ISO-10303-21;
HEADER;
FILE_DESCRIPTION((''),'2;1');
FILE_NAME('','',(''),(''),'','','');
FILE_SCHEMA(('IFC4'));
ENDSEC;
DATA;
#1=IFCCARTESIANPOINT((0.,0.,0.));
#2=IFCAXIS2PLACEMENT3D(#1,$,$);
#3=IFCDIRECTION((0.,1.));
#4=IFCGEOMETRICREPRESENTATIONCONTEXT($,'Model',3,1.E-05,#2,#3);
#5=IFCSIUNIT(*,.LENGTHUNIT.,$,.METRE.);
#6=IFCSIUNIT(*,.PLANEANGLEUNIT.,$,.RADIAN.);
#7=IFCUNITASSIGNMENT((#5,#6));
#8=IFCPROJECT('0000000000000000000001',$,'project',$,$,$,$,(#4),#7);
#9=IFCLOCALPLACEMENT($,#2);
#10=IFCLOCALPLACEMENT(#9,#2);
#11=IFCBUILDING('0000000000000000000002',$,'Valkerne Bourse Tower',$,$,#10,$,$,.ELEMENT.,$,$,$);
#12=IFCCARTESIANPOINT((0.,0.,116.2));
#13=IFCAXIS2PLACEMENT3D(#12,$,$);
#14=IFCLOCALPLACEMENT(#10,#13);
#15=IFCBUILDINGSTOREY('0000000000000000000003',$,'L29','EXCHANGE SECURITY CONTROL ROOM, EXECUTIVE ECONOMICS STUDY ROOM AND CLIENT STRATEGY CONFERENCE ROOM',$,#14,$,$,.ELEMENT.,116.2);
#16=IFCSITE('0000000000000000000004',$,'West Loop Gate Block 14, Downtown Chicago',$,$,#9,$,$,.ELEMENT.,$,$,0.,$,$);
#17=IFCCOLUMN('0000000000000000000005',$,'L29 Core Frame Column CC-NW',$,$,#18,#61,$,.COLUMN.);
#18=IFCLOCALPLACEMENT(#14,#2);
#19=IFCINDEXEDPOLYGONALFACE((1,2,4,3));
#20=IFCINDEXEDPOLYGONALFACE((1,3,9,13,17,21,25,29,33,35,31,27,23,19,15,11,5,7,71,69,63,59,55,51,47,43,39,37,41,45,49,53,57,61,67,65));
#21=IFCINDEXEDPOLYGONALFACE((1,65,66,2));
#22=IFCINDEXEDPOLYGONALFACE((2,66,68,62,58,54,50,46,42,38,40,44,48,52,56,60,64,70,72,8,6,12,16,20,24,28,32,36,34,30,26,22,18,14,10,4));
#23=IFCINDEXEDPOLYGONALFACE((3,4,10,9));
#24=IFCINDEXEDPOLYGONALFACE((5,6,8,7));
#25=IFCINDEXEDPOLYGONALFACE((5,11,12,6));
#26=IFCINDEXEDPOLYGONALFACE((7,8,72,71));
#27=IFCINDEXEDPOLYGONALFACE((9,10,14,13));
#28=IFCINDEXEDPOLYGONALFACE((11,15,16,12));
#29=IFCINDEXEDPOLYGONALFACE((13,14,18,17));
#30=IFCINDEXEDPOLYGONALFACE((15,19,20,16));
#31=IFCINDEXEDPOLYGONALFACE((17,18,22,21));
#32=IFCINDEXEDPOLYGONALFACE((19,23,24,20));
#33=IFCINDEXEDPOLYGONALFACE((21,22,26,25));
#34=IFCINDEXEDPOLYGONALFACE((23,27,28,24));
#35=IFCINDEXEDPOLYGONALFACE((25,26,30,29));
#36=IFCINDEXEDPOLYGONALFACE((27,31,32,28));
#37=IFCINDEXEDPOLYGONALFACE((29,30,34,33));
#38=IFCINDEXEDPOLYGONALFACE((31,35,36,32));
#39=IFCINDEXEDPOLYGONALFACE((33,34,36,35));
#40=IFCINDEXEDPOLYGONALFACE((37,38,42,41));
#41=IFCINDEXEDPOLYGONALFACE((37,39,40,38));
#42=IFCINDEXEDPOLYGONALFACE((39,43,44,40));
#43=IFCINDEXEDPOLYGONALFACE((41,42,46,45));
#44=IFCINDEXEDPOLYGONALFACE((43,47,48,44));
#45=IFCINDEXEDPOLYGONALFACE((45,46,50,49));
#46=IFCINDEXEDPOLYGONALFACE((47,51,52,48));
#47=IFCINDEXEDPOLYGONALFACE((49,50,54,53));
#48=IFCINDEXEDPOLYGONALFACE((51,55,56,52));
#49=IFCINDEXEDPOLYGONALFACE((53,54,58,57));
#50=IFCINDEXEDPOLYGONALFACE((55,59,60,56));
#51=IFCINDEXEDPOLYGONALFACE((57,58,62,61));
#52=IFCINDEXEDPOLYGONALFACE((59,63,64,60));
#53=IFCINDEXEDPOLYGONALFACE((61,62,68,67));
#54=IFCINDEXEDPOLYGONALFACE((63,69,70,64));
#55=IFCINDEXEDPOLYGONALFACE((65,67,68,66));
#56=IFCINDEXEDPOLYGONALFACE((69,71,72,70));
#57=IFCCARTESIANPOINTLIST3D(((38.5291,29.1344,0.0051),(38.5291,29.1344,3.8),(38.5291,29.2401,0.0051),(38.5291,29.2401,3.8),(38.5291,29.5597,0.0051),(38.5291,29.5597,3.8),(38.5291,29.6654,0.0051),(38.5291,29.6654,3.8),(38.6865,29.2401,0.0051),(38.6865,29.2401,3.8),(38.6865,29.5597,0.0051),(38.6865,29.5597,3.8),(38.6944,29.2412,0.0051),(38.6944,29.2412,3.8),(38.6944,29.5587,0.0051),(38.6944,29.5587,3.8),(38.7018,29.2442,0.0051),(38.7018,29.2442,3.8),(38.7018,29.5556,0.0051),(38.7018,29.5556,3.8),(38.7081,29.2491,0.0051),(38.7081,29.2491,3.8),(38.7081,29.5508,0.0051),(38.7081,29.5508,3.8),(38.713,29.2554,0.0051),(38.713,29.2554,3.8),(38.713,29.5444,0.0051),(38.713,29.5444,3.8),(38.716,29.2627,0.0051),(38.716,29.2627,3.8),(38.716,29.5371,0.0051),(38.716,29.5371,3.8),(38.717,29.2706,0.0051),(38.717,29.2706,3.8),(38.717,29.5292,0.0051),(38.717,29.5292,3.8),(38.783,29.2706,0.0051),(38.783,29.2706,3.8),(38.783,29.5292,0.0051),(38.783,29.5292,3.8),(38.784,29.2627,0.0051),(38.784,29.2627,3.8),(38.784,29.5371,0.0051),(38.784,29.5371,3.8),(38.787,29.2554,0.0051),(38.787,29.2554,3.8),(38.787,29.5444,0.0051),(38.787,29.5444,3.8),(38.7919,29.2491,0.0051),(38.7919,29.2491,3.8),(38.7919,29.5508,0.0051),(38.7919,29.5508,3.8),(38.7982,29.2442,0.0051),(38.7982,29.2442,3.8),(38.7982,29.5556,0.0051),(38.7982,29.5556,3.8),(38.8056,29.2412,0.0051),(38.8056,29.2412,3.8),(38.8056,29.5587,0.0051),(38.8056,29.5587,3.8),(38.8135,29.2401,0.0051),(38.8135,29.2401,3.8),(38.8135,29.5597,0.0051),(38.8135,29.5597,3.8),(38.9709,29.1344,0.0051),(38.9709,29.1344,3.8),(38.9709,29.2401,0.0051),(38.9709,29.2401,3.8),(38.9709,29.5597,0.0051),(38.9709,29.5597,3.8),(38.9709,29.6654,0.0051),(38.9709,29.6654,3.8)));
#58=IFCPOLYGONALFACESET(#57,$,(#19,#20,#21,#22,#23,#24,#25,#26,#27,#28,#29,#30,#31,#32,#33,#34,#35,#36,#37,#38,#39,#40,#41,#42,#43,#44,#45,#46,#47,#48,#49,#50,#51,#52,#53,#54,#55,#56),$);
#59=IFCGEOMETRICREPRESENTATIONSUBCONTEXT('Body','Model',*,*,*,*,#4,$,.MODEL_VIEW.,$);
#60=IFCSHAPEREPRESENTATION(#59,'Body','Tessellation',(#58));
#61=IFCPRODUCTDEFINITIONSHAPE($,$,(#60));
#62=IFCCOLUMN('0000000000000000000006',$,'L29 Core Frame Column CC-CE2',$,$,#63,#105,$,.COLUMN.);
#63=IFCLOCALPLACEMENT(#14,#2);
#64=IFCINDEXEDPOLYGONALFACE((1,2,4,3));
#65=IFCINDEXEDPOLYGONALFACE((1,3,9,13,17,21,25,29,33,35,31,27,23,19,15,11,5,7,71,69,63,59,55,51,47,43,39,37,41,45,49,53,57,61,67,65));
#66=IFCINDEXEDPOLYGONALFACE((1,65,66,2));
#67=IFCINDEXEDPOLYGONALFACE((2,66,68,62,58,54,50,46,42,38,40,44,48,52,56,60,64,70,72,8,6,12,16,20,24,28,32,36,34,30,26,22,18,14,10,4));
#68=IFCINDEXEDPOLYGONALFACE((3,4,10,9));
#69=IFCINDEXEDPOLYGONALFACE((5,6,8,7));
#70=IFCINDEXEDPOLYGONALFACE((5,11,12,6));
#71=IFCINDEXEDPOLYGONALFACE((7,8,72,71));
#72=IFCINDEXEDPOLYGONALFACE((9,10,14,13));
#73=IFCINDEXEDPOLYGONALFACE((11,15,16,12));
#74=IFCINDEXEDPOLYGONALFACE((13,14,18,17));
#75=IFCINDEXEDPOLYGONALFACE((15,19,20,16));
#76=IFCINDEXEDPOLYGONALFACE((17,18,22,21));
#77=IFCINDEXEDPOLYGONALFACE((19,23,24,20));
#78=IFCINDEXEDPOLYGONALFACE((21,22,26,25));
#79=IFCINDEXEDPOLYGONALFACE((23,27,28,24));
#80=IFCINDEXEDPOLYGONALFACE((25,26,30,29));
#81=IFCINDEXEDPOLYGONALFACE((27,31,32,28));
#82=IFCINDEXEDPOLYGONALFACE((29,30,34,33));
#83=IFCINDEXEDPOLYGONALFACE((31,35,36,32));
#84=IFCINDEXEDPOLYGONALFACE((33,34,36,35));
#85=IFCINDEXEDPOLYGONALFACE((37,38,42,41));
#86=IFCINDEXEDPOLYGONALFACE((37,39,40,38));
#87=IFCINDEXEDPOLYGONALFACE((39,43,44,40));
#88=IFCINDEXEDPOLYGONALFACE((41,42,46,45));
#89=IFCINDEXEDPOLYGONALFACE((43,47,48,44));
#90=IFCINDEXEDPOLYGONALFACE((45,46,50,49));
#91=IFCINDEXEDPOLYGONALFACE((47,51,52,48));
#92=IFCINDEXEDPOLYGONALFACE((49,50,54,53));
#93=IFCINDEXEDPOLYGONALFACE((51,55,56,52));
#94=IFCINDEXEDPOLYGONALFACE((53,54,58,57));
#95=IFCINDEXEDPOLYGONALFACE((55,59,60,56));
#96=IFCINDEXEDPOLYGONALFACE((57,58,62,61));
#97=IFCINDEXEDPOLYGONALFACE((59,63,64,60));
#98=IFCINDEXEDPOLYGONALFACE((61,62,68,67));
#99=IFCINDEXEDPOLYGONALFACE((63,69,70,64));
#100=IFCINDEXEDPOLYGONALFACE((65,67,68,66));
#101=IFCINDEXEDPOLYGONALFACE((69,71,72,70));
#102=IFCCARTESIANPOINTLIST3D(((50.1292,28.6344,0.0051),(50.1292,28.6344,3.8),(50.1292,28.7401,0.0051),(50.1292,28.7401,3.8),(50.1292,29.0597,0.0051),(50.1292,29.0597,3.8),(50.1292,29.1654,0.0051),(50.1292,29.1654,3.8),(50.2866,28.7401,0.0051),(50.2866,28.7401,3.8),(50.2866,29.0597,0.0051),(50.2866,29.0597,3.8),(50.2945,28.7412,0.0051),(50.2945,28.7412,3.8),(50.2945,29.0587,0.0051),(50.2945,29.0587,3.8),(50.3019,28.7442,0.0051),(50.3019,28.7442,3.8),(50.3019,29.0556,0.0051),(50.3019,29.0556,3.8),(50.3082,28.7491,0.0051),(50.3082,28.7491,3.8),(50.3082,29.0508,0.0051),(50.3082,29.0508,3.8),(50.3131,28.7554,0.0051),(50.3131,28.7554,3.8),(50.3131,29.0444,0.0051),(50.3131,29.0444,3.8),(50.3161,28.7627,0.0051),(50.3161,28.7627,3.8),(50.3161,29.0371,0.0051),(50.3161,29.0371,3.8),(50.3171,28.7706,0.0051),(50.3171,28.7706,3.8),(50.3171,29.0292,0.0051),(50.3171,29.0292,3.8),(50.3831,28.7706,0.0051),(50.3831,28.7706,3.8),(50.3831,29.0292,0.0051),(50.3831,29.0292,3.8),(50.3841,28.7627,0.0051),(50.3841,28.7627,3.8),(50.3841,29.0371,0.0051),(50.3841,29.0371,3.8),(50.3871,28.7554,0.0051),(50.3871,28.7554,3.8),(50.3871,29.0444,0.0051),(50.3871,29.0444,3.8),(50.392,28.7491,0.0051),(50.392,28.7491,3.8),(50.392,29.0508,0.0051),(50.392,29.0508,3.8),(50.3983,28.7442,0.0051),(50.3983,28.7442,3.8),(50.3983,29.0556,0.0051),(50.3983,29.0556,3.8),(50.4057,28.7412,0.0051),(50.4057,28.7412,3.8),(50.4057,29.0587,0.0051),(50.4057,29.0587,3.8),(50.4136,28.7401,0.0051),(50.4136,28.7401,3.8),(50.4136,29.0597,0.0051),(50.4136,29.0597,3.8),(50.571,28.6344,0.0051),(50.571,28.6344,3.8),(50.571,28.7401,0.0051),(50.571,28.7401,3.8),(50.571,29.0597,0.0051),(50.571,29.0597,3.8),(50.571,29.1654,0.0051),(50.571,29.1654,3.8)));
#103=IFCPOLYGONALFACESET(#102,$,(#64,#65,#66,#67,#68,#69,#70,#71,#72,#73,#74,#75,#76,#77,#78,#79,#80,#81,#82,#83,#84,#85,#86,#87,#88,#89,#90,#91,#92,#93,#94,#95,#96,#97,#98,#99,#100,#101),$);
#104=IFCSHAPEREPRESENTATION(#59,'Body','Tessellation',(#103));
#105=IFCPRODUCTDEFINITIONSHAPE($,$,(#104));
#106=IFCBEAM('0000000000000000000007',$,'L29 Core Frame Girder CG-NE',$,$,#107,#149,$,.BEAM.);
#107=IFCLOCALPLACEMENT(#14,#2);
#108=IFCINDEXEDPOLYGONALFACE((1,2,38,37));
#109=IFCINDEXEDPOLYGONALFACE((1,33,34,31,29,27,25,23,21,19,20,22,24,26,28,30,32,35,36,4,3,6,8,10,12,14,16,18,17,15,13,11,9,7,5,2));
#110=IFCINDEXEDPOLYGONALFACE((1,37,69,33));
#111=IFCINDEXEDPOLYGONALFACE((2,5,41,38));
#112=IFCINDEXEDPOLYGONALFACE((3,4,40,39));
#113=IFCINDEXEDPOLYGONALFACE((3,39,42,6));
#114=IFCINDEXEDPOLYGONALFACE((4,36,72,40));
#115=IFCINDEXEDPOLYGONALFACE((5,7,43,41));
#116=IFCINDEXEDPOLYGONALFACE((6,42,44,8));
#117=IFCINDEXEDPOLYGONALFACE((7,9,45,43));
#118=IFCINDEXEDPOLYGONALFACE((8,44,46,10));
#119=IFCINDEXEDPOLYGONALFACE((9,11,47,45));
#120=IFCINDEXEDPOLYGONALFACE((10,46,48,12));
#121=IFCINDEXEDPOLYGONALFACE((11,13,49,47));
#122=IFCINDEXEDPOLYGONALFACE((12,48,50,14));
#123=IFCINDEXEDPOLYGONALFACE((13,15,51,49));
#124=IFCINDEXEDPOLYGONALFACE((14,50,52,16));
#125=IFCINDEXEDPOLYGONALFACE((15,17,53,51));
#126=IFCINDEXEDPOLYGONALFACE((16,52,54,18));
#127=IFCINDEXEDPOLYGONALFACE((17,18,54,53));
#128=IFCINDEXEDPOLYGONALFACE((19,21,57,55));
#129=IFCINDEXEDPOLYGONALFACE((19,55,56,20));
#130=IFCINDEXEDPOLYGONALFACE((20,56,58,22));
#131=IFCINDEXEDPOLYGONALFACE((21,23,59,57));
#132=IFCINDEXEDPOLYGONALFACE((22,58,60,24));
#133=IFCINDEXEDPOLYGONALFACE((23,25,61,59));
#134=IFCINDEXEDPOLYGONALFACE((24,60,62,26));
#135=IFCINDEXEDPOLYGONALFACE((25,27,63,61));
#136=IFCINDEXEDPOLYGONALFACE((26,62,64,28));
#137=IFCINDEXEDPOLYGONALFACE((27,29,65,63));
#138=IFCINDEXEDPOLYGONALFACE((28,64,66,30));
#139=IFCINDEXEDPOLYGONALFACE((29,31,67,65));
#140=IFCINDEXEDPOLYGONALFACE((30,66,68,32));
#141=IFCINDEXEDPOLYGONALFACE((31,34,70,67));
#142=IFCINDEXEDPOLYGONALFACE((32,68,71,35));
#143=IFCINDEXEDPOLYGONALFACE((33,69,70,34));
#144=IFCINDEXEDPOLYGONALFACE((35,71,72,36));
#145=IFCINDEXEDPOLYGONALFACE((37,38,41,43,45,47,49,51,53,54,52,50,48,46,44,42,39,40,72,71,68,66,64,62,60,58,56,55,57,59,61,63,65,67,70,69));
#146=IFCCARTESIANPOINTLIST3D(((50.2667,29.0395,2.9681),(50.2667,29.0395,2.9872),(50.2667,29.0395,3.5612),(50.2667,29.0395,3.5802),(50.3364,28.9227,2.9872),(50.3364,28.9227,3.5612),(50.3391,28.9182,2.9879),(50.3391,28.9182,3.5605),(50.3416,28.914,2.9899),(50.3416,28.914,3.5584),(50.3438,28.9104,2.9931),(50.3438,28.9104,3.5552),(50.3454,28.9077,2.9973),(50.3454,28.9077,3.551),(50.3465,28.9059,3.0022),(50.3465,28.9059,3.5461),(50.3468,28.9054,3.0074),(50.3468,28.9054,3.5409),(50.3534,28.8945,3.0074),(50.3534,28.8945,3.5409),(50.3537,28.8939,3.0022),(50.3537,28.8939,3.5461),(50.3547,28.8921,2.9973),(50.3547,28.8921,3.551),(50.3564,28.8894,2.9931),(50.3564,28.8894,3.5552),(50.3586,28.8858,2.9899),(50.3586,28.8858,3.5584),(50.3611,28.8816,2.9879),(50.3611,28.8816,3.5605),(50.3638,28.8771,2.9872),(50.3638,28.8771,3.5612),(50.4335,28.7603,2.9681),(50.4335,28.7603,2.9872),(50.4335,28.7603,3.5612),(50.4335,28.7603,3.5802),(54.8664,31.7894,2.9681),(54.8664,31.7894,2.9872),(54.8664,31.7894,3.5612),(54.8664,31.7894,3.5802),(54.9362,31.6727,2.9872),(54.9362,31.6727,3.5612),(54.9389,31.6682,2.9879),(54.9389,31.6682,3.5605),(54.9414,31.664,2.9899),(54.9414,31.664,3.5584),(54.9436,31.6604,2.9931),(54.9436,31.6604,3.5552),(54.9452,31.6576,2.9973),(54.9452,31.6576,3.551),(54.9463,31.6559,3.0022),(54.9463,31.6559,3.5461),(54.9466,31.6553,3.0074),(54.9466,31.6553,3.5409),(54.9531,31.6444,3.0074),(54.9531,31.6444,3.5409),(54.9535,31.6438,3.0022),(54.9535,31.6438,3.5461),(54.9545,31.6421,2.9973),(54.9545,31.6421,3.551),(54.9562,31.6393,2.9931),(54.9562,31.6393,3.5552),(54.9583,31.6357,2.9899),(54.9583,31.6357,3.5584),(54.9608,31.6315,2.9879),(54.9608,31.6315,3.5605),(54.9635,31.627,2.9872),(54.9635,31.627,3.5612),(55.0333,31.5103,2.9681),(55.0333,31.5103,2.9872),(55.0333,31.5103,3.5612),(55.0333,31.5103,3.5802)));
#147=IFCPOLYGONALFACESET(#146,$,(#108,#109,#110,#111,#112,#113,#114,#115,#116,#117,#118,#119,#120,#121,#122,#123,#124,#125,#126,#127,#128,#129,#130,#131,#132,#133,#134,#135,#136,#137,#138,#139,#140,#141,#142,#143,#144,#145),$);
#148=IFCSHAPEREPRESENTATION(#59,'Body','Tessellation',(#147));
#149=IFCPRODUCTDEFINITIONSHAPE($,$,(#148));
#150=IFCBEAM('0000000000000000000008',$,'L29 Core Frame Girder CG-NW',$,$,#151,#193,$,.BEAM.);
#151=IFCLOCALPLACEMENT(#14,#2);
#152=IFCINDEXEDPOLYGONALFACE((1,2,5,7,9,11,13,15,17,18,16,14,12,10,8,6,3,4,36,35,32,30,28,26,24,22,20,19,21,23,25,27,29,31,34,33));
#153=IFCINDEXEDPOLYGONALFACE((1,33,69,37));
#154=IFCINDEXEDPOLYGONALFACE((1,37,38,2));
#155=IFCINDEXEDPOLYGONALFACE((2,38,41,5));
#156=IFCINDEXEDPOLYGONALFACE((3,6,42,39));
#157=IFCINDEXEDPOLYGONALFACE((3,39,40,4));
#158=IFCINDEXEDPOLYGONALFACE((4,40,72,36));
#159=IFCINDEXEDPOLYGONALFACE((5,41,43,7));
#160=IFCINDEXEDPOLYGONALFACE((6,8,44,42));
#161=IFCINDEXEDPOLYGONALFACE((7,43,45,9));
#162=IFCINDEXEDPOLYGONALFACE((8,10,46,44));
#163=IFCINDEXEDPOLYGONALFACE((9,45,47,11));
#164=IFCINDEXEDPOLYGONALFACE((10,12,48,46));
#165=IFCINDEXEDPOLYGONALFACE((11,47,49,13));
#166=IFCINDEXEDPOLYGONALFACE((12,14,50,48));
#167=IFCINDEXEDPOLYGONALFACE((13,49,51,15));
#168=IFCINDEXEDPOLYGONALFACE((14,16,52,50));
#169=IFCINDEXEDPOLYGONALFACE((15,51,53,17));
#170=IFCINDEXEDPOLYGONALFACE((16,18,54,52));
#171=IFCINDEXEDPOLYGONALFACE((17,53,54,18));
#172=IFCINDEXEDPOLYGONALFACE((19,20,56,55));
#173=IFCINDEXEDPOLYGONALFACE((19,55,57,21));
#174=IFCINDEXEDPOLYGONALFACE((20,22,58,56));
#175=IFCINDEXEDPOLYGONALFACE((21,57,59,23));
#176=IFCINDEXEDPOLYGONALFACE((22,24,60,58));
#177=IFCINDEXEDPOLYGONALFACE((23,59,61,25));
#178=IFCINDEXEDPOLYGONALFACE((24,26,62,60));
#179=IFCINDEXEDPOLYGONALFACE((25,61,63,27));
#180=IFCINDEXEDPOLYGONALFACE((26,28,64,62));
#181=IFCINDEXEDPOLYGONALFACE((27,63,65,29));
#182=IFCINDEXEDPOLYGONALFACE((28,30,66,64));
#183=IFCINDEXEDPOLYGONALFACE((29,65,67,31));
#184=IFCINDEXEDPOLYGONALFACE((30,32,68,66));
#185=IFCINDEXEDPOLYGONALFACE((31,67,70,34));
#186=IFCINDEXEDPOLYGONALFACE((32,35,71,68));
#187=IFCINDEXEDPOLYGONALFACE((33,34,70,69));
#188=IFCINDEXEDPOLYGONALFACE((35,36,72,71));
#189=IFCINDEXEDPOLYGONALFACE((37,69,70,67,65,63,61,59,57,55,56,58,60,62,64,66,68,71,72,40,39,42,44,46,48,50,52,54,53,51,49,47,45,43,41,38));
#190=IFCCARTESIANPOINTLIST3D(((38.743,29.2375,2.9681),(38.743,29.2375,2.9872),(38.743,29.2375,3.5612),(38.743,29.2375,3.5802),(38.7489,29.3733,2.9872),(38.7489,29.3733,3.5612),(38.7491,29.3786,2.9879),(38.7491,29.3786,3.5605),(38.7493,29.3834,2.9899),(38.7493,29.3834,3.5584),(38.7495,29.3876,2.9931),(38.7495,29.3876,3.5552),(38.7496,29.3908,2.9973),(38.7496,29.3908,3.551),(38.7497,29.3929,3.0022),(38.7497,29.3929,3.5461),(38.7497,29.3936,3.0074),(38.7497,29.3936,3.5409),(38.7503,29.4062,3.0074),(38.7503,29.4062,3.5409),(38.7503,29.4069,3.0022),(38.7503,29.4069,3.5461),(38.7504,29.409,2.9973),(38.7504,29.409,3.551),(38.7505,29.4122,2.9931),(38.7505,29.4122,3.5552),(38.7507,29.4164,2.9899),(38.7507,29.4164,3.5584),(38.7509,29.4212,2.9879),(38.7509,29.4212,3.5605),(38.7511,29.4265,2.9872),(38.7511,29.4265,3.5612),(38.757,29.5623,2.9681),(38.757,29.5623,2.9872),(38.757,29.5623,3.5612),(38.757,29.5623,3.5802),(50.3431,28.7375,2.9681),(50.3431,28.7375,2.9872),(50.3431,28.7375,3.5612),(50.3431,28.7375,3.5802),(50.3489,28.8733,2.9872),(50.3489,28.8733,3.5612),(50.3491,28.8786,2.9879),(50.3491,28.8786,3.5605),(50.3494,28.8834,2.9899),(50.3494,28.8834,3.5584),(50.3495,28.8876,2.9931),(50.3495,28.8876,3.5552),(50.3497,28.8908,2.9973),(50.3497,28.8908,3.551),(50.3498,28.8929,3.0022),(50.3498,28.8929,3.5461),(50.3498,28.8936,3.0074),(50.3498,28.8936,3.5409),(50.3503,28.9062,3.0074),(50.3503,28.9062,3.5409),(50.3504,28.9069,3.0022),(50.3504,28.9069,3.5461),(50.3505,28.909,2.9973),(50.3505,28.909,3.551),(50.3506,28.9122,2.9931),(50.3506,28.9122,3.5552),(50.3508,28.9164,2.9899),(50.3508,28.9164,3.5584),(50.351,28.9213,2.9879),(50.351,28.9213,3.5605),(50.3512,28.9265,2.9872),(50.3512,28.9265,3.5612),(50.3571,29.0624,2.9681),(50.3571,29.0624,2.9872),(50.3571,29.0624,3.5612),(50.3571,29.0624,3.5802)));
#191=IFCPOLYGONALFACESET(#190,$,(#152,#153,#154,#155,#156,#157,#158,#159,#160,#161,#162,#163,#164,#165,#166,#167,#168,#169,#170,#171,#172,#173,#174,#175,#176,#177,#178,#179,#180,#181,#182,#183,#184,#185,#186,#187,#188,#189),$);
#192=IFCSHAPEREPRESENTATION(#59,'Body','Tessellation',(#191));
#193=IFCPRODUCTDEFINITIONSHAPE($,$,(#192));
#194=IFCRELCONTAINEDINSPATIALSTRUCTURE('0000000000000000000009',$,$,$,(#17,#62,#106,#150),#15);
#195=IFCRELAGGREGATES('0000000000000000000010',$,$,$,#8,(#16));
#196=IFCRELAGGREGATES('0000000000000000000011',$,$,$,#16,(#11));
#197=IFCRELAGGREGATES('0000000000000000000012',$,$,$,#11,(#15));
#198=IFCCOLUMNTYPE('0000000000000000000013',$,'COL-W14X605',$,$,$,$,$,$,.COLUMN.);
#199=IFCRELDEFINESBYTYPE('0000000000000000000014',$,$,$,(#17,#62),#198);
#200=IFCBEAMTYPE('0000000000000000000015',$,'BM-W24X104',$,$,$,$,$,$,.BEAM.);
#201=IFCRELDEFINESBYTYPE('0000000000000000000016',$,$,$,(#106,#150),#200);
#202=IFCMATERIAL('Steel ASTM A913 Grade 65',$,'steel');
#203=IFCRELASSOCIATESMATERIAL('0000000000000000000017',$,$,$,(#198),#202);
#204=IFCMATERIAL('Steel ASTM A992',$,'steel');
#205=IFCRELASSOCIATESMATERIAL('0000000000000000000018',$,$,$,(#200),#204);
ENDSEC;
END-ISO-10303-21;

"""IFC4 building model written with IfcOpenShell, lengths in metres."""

from ifc_helpers import new_model, si_unit, direction, frame, origin, origin_2d, place, context, subcontext, project, spatial, i_section, extrude, material, material_profile, profile_set, type_object, element, save


model = new_model("IFC4")

# Units and contexts
model_context = context("Model", 3, precision=1e-05, world=origin(), true_north=direction((0.0, 1.0)))
body_context = subcontext(model_context, "Body", "Model", "MODEL_VIEW")
ifc_project = project(units=[si_unit("LENGTHUNIT", "METRE"), si_unit("PLANEANGLEUNIT", "RADIAN")], contexts=[model_context])

# Site, building, storey
site_placement = place(None, origin())
site = spatial("IfcSite", under=ifc_project, at=site_placement, Name="West Loop Gate Block 14, Downtown Chicago", CompositionType="ELEMENT", RefElevation=0.0)
building_placement = place(site_placement, origin())
building = spatial("IfcBuilding", under=site, at=building_placement, Name="Valkerne Bourse Tower", CompositionType="ELEMENT")
storey_placement = place(building_placement, frame((0.0, 0.0, 116.2)))
storey = spatial("IfcBuildingStorey", under=building, at=storey_placement, Name="L29", Description="EXCHANGE SECURITY CONTROL ROOM, EXECUTIVE ECONOMICS STUDY ROOM AND CLIENT STRATEGY CONFERENCE ROOM", CompositionType="ELEMENT", Elevation=116.2)

# Columns
ifc_material_1 = material(Name="Steel ASTM A913 Grade 65", Category="steel")
ifc_material_profile_1 = material_profile(ifc_material_1, i_section(OverallWidth=0.4419, OverallDepth=0.531, WebThickness=0.0659, FlangeThickness=0.1057, FilletRadius=0.0305, at=origin_2d()), Name="W14X605")
ifc_profile_set_1 = profile_set([ifc_material_profile_1], Name="Steel ASTM A913 Grade 65")
column_type = type_object("IfcColumnType", Name="COL-W14X605", PredefinedType="COLUMN", material=ifc_profile_set_1)
for number, where, z_axis, x_axis, name in (
    (1, (38.75, 29.3999, 0.0051), (0.0, 0.0, 1.0), (1.0, 0.0, 0.0), "L29 Core Frame Column CC-NW"),
    (2, (50.3501, 28.8999, 0.0051), (0.0, 0.0, 1.0), (1.0, 0.0, 0.0), "L29 Core Frame Column CC-CE2"),
):
    element("IfcColumn", number, at=place(storey_placement, frame(where, z_axis=z_axis, x_axis=x_axis)), inside=storey, type_object=column_type, Name=name, PredefinedType="COLUMN", context=body_context, shape_type="SweptSolid", body=[
        extrude(i_section(OverallWidth=0.4419, OverallDepth=0.531, WebThickness=0.0659, FlangeThickness=0.1057, FilletRadius=0.0305, at=origin_2d()), origin(), (0.0, 0.0, 1.0), 3.7949),
    ])

# Beams
ifc_material_2 = material(Name="Steel ASTM A992", Category="steel")
ifc_material_profile_2 = material_profile(ifc_material_2, i_section(OverallWidth=0.3252, OverallDepth=0.6121, WebThickness=0.0127, FlangeThickness=0.019, FilletRadius=0.0203, at=origin_2d()), Name="W24X104")
ifc_profile_set_2 = profile_set([ifc_material_profile_2], Name="Steel ASTM A992")
beam_type = type_object("IfcBeamType", Name="BM-W24X104", PredefinedType="BEAM", material=ifc_profile_set_2)
beam_1_placement = place(storey_placement, frame((50.3501, 28.8999, 3.2742), z_axis=(0.858308, 0.513135, 0.0), x_axis=(-0.513135, 0.858308, 0.0)))
element("IfcBeam", 3, at=beam_1_placement, inside=storey, type_object=beam_type, Name="L29 Core Frame Girder CG-NE", PredefinedType="BEAM", context=body_context, shape_type="SweptSolid", body=[
    extrude(i_section(OverallWidth=0.3252, OverallDepth=0.6121, WebThickness=0.0127, FlangeThickness=0.019, FilletRadius=0.0203, at=origin_2d()), origin(), (0.0, 0.0, 1.0), 5.3591),
])
beam_2_placement = place(storey_placement, frame((38.75, 29.3999, 3.2742), z_axis=(0.999072, -0.043063, 0.0), x_axis=(0.043063, 0.999072, 0.0)))
element("IfcBeam", 4, at=beam_2_placement, inside=storey, type_object=beam_type, Name="L29 Core Frame Girder CG-NW", PredefinedType="BEAM", context=body_context, shape_type="SweptSolid", body=[
    extrude(i_section(OverallWidth=0.3252, OverallDepth=0.6121, WebThickness=0.0127, FlangeThickness=0.019, FilletRadius=0.0203, at=origin_2d()), origin(), (0.0, 0.0, 1.0), 11.6108),
])

save(model, "model.ifc")
